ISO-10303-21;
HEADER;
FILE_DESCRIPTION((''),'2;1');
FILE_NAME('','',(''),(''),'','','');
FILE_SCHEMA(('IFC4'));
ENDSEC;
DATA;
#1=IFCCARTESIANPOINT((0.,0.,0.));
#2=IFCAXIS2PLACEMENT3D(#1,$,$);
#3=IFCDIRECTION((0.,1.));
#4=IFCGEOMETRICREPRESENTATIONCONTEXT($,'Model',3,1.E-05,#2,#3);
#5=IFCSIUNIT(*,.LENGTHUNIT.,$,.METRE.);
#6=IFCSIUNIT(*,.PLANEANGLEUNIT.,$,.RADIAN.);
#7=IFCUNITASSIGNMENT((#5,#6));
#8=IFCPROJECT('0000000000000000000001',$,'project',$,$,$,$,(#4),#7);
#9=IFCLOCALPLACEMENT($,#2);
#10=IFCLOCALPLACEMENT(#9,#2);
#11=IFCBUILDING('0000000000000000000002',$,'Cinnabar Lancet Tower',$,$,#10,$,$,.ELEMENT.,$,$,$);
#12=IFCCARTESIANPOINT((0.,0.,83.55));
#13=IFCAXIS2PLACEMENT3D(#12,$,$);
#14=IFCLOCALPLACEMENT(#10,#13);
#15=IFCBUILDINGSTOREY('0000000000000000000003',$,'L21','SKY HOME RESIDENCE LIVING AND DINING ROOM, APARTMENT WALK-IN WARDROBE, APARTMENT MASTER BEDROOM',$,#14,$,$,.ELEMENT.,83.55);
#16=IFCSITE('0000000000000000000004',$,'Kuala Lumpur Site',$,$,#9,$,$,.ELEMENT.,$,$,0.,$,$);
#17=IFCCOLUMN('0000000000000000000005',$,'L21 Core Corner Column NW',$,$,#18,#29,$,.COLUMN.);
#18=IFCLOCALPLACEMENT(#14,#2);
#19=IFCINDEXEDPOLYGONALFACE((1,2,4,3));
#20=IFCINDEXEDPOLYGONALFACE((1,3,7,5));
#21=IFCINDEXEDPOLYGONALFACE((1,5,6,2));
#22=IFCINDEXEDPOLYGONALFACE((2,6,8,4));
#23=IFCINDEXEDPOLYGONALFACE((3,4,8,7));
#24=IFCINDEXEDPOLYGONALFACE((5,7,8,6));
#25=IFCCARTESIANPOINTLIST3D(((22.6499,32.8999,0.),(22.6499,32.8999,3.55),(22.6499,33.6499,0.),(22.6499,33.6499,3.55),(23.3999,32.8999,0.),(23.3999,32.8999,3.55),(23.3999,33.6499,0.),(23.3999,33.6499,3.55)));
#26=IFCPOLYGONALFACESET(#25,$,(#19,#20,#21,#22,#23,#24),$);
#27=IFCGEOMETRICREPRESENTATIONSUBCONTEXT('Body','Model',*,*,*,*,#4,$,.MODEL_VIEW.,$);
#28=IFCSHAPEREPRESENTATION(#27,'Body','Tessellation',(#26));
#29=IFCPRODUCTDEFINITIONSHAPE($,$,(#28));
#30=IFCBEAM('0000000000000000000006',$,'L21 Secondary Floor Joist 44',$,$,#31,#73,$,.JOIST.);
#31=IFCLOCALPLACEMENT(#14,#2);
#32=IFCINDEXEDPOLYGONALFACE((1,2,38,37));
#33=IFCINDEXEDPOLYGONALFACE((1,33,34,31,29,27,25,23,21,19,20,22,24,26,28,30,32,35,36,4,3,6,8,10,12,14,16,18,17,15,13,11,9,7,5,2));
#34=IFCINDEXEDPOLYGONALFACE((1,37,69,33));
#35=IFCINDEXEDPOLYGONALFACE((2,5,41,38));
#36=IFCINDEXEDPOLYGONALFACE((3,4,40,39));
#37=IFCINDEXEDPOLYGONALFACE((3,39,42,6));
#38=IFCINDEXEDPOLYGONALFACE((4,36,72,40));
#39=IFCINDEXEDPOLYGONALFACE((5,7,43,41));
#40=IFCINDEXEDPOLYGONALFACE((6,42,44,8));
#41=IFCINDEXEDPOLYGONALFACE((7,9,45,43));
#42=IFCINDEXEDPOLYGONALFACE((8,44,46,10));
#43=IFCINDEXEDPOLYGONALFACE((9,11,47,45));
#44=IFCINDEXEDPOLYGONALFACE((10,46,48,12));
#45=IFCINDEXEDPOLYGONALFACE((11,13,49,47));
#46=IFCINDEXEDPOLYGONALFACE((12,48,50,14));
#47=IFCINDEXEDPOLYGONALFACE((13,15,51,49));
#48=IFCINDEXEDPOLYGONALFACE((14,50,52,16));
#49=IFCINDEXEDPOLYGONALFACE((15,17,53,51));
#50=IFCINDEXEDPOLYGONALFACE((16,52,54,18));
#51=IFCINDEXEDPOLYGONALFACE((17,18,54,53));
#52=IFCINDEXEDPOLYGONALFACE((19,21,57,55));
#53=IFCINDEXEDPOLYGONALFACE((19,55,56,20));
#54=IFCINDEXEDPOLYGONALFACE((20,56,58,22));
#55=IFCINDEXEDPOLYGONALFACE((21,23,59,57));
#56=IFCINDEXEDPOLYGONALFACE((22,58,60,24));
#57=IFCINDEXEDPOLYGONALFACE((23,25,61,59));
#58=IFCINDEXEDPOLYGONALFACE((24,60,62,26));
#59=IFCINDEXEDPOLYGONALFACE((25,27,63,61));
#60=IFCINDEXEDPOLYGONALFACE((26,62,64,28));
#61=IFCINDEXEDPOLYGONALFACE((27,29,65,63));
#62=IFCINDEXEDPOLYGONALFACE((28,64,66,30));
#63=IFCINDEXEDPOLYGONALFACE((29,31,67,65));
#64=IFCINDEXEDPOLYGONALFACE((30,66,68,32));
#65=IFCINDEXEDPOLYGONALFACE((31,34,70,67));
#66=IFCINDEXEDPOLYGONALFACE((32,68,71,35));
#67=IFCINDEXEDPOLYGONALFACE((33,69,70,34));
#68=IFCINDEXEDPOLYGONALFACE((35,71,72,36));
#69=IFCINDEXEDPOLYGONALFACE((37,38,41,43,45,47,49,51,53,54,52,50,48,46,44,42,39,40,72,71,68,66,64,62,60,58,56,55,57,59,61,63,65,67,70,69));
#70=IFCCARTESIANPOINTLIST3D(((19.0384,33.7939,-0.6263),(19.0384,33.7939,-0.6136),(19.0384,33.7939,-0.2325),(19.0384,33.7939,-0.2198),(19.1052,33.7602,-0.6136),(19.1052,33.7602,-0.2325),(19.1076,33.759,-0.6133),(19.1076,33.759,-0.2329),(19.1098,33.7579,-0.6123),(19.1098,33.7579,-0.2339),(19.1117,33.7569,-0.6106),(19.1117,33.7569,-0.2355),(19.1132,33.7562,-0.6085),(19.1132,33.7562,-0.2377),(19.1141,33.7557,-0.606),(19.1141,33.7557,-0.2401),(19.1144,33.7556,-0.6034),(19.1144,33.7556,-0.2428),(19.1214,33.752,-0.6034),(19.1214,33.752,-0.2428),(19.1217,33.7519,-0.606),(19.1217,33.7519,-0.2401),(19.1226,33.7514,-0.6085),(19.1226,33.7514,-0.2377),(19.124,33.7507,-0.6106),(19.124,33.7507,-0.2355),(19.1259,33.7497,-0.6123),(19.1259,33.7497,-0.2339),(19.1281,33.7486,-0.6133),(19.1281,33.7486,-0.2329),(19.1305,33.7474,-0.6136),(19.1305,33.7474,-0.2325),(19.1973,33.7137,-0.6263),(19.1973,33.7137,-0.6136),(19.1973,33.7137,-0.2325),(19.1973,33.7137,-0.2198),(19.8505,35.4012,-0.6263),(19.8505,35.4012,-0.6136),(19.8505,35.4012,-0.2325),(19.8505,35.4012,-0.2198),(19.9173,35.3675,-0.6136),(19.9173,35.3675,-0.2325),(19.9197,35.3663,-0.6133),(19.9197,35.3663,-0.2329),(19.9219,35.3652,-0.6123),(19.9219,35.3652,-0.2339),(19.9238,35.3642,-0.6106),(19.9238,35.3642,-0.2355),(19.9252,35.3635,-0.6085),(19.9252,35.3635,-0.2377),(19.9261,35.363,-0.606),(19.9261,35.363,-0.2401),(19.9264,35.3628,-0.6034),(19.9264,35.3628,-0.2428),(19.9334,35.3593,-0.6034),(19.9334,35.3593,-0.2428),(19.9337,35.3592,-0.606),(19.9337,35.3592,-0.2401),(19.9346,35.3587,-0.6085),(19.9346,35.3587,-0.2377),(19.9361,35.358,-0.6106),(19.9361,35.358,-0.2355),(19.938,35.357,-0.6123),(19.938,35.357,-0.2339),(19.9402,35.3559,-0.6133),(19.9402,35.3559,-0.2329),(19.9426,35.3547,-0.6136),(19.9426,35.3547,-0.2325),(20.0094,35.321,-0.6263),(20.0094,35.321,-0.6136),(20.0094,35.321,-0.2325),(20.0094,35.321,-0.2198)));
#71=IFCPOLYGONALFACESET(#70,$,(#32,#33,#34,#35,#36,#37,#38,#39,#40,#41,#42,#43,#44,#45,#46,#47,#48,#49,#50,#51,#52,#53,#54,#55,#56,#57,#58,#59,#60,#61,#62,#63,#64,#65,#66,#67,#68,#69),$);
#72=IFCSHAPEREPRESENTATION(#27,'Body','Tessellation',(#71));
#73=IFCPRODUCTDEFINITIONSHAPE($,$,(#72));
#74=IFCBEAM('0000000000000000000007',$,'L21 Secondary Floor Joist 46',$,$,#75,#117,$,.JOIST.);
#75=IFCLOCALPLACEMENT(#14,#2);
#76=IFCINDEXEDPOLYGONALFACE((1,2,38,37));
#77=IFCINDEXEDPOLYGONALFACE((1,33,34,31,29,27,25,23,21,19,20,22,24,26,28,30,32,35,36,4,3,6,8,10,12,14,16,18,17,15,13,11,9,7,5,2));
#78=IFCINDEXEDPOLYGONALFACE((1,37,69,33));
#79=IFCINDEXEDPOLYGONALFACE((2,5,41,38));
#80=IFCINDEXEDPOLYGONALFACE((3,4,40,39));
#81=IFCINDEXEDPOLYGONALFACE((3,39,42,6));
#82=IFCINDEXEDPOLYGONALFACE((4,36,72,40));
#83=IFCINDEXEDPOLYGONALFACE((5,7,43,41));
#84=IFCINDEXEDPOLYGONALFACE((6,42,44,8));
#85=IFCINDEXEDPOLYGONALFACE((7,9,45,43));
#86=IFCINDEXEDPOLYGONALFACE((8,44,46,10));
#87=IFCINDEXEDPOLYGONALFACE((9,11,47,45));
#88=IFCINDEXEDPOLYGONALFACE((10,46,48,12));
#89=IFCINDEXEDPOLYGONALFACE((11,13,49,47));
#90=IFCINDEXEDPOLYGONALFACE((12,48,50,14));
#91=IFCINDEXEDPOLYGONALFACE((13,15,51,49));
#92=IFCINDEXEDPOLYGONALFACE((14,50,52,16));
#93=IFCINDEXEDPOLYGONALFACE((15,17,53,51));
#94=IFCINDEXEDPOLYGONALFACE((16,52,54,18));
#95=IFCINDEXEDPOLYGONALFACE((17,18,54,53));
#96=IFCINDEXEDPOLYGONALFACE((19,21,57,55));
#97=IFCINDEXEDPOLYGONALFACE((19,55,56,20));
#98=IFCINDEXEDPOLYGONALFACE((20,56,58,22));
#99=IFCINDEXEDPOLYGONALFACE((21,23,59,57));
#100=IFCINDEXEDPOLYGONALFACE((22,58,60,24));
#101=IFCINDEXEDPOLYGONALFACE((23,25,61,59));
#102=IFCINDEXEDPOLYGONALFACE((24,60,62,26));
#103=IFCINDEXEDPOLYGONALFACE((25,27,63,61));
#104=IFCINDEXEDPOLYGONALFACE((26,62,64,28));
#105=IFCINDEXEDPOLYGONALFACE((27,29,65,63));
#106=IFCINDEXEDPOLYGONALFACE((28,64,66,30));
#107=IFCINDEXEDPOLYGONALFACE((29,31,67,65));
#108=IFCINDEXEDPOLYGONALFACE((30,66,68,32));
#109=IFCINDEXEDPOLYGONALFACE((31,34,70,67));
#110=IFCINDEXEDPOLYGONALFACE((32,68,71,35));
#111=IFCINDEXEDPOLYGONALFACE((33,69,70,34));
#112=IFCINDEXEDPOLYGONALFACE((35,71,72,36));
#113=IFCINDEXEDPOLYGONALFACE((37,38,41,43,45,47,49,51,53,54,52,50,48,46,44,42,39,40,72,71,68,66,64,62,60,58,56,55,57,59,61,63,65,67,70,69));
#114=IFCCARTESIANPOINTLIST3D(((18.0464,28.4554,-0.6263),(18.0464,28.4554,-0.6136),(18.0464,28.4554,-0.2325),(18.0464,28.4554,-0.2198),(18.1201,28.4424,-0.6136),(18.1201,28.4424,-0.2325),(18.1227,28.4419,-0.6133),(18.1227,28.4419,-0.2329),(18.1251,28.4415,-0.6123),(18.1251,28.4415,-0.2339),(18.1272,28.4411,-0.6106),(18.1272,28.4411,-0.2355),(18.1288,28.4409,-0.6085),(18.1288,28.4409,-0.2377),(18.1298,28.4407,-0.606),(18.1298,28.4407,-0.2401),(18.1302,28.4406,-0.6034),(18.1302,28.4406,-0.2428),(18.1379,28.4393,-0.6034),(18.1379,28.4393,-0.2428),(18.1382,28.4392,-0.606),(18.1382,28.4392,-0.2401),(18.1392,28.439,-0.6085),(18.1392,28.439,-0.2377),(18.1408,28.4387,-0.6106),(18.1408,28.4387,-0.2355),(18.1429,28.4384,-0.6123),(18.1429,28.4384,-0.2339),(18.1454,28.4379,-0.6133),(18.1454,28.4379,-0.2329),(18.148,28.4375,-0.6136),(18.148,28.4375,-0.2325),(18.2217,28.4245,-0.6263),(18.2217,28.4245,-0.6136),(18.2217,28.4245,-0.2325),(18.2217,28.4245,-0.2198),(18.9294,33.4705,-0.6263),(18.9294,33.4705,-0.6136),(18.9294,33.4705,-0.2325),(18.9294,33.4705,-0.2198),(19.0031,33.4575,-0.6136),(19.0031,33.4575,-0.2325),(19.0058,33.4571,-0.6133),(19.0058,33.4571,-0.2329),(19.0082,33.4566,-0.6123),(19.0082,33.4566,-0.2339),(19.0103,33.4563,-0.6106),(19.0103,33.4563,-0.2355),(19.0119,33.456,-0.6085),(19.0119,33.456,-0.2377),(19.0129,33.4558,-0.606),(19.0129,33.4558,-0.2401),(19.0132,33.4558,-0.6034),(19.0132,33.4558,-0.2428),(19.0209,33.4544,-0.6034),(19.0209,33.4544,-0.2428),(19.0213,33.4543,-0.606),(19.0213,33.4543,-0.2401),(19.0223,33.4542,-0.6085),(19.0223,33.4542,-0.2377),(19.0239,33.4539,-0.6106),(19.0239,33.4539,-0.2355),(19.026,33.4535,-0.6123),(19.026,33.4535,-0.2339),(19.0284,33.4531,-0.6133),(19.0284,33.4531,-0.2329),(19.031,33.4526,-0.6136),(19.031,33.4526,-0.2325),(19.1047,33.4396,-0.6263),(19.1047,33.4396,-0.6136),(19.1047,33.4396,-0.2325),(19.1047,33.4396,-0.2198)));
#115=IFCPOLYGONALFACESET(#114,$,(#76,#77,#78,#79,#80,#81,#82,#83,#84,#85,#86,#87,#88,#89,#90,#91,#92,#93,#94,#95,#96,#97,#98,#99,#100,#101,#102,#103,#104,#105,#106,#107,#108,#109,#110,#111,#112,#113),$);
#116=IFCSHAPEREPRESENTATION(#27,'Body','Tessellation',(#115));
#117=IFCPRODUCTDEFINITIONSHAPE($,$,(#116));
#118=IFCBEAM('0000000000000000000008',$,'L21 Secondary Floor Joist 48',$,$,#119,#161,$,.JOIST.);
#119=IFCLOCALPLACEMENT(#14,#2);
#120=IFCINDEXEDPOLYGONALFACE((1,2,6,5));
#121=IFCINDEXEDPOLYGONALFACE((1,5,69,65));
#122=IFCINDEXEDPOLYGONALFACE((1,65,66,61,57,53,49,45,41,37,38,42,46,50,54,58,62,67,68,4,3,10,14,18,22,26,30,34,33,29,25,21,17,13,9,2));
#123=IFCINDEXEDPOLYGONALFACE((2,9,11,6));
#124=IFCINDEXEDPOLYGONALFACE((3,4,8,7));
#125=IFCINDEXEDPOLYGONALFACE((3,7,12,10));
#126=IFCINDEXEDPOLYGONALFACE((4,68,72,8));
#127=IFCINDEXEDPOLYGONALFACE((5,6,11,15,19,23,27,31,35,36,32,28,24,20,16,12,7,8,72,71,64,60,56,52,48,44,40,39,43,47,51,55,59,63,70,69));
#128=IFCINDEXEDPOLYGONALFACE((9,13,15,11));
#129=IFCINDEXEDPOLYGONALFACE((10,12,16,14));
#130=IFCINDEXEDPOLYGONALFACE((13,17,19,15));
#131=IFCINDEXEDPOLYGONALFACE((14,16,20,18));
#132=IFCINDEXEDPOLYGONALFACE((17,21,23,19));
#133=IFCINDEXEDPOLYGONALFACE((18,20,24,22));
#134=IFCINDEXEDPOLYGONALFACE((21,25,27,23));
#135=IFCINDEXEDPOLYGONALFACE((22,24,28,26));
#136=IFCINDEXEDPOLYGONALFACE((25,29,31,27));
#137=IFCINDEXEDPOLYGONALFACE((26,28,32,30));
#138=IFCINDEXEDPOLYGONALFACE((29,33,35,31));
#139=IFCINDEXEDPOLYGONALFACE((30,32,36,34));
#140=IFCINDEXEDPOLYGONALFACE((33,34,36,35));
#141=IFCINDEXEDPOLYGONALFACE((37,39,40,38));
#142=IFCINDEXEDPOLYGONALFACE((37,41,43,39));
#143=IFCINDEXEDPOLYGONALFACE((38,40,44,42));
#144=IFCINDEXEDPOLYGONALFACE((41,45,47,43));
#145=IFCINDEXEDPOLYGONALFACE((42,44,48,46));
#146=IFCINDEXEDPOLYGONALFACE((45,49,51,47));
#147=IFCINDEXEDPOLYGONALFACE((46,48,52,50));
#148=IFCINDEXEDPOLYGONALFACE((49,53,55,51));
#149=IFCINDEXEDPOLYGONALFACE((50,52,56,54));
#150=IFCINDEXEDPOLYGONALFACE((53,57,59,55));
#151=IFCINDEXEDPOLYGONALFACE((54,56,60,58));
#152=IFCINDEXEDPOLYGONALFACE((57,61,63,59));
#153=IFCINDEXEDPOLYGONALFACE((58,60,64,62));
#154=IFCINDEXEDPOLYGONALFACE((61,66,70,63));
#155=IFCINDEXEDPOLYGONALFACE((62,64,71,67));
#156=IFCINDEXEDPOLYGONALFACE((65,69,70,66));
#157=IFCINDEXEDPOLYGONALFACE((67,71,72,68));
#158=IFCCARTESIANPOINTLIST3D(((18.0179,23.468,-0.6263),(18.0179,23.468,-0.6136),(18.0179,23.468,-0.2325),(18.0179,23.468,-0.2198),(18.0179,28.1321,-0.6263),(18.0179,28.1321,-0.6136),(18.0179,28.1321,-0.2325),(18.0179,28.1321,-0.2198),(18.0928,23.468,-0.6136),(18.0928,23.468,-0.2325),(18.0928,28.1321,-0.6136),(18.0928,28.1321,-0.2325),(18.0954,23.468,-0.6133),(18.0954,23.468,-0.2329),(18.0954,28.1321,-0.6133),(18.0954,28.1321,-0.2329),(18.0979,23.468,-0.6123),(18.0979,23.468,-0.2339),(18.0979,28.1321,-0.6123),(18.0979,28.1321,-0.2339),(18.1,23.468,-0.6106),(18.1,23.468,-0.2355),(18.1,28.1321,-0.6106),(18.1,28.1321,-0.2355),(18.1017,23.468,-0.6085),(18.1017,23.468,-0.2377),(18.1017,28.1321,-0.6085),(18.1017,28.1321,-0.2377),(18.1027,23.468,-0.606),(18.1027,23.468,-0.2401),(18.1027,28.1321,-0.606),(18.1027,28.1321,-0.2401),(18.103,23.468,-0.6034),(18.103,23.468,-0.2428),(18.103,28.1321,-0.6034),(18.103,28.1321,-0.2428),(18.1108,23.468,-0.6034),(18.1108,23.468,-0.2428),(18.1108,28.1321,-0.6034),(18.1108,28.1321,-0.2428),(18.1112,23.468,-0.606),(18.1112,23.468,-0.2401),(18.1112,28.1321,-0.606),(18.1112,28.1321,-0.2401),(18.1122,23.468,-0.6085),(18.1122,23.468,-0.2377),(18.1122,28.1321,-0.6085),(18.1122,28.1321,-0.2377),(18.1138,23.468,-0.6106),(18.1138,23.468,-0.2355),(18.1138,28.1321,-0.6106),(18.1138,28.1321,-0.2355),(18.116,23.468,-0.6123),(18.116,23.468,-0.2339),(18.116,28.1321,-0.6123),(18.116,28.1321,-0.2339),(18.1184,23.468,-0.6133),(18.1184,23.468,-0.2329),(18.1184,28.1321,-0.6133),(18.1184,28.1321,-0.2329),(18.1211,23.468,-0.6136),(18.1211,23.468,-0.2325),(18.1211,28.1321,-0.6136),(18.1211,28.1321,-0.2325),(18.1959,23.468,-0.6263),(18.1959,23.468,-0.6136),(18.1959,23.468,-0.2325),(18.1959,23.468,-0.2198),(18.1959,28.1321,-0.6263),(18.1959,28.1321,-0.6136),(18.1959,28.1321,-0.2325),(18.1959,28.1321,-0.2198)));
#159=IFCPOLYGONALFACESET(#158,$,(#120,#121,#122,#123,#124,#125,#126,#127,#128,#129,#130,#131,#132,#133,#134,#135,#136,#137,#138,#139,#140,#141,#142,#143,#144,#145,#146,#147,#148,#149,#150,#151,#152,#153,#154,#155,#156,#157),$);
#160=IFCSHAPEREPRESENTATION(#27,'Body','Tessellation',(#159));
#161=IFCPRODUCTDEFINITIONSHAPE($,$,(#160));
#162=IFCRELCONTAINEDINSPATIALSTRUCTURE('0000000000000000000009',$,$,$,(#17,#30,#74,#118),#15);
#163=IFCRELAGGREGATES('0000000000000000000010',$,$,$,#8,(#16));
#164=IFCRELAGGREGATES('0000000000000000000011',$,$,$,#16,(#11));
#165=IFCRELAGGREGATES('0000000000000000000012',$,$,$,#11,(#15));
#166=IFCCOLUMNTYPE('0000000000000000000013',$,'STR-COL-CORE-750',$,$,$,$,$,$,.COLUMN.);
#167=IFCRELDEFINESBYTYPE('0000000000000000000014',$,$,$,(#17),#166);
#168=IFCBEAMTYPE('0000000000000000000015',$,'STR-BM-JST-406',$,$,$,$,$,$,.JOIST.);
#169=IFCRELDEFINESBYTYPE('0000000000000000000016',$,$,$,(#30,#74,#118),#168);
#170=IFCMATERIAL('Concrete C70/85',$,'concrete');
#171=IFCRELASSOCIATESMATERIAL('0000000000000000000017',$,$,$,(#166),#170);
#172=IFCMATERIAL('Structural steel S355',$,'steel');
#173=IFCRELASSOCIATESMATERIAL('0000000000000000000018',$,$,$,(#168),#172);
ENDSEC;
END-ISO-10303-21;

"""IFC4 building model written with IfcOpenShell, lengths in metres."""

from ifc_helpers import new_model, si_unit, direction, frame, origin, origin_2d, place, context, subcontext, project, spatial, rectangle, i_section, extrude, material, material_profile, profile_set, type_object, element, save


model = new_model("IFC4")

# Units and contexts
model_context = context("Model", 3, precision=1e-05, world=origin(), true_north=direction((0.0, 1.0)))
body_context = subcontext(model_context, "Body", "Model", "MODEL_VIEW")
ifc_project = project(units=[si_unit("LENGTHUNIT", "METRE"), si_unit("PLANEANGLEUNIT", "RADIAN")], contexts=[model_context])

# Site, building, storey
site_placement = place(None, origin())
site = spatial("IfcSite", under=ifc_project, at=site_placement, Name="Kuala Lumpur Site", CompositionType="ELEMENT", RefElevation=0.0)
building_placement = place(site_placement, origin())
building = spatial("IfcBuilding", under=site, at=building_placement, Name="Cinnabar Lancet Tower", CompositionType="ELEMENT")
storey_placement = place(building_placement, frame((0.0, 0.0, 83.55)))
storey = spatial("IfcBuildingStorey", under=building, at=storey_placement, Name="L21", Description="SKY HOME RESIDENCE LIVING AND DINING ROOM, APARTMENT WALK-IN WARDROBE, APARTMENT MASTER BEDROOM", CompositionType="ELEMENT", Elevation=83.55)

# Column
ifc_material_1 = material(Name="Concrete C70/85", Category="concrete")
ifc_material_profile_1 = material_profile(ifc_material_1, rectangle(XDim=0.75, YDim=0.75, at=origin_2d()), Name="RC-COL 750x750")
ifc_profile_set_1 = profile_set([ifc_material_profile_1], Name="Concrete C70/85")
column_type = type_object("IfcColumnType", Name="STR-COL-CORE-750", PredefinedType="COLUMN", material=ifc_profile_set_1)
column_placement = place(storey_placement, frame((23.0249, 33.2749, 0.0), z_axis=(0.0, 0.0, 1.0), x_axis=(1.0, 0.0, 0.0)))
element("IfcColumn", 1, at=column_placement, inside=storey, type_object=column_type, Name="L21 Core Corner Column NW", PredefinedType="COLUMN", context=body_context, shape_type="SweptSolid", body=[
    extrude(rectangle(XDim=0.75, YDim=0.75, at=origin_2d()), origin(), (0.0, 0.0, 1.0), 3.55),
])

# Beams
ifc_material_2 = material(Name="Structural steel S355", Category="steel")
ifc_material_profile_2 = material_profile(ifc_material_2, i_section(OverallWidth=0.178, OverallDepth=0.4065, WebThickness=0.0078, FlangeThickness=0.0127, FilletRadius=0.0103, at=origin_2d()), Name="UKB 406x178x60")
ifc_profile_set_2 = profile_set([ifc_material_profile_2], Name="Structural steel S355")
beam_type_1 = type_object("IfcBeamType", Name="STR-BM-JST-406", PredefinedType="JOIST", material=ifc_profile_set_2)
beam_1_placement = place(storey_placement, frame((19.9299, 35.3611, -0.4231), z_axis=(-0.450952, -0.892548, 0.0), x_axis=(0.892548, -0.450952, 0.0)))
element("IfcBeam", 2, at=beam_1_placement, inside=storey, type_object=beam_type_1, Name="L21 Secondary Floor Joist 44", PredefinedType="JOIST", context=body_context, shape_type="SweptSolid", body=[
    extrude(i_section(OverallWidth=0.178, OverallDepth=0.4065, WebThickness=0.0078, FlangeThickness=0.0127, FilletRadius=0.0103, at=origin_2d()), origin(), (0.0, 0.0, 1.0), 1.8008),
])
beam_2_placement = place(storey_placement, frame((19.0171, 33.4551, -0.4231), z_axis=(-0.173411, -0.98485, 0.0), x_axis=(0.98485, -0.173411, 0.0)))
element("IfcBeam", 3, at=beam_2_placement, inside=storey, type_object=beam_type_1, Name="L21 Secondary Floor Joist 46", PredefinedType="JOIST", context=body_context, shape_type="SweptSolid", body=[
    extrude(i_section(OverallWidth=0.178, OverallDepth=0.4065, WebThickness=0.0078, FlangeThickness=0.0127, FilletRadius=0.0103, at=origin_2d()), origin(), (0.0, 0.0, 1.0), 5.0923),
])
beam_3_placement = place(storey_placement, frame((18.1069, 28.1321, -0.4231), z_axis=(0.0, -1.0, 0.0), x_axis=(1.0, 0.0, 0.0)))
element("IfcBeam", 4, at=beam_3_placement, inside=storey, type_object=beam_type_1, Name="L21 Secondary Floor Joist 48", PredefinedType="JOIST", context=body_context, shape_type="SweptSolid", body=[
    extrude(i_section(OverallWidth=0.178, OverallDepth=0.4065, WebThickness=0.0078, FlangeThickness=0.0127, FilletRadius=0.0103, at=origin_2d()), origin(), (0.0, 0.0, 1.0), 4.6641),
])

save(model, "model.ifc")
